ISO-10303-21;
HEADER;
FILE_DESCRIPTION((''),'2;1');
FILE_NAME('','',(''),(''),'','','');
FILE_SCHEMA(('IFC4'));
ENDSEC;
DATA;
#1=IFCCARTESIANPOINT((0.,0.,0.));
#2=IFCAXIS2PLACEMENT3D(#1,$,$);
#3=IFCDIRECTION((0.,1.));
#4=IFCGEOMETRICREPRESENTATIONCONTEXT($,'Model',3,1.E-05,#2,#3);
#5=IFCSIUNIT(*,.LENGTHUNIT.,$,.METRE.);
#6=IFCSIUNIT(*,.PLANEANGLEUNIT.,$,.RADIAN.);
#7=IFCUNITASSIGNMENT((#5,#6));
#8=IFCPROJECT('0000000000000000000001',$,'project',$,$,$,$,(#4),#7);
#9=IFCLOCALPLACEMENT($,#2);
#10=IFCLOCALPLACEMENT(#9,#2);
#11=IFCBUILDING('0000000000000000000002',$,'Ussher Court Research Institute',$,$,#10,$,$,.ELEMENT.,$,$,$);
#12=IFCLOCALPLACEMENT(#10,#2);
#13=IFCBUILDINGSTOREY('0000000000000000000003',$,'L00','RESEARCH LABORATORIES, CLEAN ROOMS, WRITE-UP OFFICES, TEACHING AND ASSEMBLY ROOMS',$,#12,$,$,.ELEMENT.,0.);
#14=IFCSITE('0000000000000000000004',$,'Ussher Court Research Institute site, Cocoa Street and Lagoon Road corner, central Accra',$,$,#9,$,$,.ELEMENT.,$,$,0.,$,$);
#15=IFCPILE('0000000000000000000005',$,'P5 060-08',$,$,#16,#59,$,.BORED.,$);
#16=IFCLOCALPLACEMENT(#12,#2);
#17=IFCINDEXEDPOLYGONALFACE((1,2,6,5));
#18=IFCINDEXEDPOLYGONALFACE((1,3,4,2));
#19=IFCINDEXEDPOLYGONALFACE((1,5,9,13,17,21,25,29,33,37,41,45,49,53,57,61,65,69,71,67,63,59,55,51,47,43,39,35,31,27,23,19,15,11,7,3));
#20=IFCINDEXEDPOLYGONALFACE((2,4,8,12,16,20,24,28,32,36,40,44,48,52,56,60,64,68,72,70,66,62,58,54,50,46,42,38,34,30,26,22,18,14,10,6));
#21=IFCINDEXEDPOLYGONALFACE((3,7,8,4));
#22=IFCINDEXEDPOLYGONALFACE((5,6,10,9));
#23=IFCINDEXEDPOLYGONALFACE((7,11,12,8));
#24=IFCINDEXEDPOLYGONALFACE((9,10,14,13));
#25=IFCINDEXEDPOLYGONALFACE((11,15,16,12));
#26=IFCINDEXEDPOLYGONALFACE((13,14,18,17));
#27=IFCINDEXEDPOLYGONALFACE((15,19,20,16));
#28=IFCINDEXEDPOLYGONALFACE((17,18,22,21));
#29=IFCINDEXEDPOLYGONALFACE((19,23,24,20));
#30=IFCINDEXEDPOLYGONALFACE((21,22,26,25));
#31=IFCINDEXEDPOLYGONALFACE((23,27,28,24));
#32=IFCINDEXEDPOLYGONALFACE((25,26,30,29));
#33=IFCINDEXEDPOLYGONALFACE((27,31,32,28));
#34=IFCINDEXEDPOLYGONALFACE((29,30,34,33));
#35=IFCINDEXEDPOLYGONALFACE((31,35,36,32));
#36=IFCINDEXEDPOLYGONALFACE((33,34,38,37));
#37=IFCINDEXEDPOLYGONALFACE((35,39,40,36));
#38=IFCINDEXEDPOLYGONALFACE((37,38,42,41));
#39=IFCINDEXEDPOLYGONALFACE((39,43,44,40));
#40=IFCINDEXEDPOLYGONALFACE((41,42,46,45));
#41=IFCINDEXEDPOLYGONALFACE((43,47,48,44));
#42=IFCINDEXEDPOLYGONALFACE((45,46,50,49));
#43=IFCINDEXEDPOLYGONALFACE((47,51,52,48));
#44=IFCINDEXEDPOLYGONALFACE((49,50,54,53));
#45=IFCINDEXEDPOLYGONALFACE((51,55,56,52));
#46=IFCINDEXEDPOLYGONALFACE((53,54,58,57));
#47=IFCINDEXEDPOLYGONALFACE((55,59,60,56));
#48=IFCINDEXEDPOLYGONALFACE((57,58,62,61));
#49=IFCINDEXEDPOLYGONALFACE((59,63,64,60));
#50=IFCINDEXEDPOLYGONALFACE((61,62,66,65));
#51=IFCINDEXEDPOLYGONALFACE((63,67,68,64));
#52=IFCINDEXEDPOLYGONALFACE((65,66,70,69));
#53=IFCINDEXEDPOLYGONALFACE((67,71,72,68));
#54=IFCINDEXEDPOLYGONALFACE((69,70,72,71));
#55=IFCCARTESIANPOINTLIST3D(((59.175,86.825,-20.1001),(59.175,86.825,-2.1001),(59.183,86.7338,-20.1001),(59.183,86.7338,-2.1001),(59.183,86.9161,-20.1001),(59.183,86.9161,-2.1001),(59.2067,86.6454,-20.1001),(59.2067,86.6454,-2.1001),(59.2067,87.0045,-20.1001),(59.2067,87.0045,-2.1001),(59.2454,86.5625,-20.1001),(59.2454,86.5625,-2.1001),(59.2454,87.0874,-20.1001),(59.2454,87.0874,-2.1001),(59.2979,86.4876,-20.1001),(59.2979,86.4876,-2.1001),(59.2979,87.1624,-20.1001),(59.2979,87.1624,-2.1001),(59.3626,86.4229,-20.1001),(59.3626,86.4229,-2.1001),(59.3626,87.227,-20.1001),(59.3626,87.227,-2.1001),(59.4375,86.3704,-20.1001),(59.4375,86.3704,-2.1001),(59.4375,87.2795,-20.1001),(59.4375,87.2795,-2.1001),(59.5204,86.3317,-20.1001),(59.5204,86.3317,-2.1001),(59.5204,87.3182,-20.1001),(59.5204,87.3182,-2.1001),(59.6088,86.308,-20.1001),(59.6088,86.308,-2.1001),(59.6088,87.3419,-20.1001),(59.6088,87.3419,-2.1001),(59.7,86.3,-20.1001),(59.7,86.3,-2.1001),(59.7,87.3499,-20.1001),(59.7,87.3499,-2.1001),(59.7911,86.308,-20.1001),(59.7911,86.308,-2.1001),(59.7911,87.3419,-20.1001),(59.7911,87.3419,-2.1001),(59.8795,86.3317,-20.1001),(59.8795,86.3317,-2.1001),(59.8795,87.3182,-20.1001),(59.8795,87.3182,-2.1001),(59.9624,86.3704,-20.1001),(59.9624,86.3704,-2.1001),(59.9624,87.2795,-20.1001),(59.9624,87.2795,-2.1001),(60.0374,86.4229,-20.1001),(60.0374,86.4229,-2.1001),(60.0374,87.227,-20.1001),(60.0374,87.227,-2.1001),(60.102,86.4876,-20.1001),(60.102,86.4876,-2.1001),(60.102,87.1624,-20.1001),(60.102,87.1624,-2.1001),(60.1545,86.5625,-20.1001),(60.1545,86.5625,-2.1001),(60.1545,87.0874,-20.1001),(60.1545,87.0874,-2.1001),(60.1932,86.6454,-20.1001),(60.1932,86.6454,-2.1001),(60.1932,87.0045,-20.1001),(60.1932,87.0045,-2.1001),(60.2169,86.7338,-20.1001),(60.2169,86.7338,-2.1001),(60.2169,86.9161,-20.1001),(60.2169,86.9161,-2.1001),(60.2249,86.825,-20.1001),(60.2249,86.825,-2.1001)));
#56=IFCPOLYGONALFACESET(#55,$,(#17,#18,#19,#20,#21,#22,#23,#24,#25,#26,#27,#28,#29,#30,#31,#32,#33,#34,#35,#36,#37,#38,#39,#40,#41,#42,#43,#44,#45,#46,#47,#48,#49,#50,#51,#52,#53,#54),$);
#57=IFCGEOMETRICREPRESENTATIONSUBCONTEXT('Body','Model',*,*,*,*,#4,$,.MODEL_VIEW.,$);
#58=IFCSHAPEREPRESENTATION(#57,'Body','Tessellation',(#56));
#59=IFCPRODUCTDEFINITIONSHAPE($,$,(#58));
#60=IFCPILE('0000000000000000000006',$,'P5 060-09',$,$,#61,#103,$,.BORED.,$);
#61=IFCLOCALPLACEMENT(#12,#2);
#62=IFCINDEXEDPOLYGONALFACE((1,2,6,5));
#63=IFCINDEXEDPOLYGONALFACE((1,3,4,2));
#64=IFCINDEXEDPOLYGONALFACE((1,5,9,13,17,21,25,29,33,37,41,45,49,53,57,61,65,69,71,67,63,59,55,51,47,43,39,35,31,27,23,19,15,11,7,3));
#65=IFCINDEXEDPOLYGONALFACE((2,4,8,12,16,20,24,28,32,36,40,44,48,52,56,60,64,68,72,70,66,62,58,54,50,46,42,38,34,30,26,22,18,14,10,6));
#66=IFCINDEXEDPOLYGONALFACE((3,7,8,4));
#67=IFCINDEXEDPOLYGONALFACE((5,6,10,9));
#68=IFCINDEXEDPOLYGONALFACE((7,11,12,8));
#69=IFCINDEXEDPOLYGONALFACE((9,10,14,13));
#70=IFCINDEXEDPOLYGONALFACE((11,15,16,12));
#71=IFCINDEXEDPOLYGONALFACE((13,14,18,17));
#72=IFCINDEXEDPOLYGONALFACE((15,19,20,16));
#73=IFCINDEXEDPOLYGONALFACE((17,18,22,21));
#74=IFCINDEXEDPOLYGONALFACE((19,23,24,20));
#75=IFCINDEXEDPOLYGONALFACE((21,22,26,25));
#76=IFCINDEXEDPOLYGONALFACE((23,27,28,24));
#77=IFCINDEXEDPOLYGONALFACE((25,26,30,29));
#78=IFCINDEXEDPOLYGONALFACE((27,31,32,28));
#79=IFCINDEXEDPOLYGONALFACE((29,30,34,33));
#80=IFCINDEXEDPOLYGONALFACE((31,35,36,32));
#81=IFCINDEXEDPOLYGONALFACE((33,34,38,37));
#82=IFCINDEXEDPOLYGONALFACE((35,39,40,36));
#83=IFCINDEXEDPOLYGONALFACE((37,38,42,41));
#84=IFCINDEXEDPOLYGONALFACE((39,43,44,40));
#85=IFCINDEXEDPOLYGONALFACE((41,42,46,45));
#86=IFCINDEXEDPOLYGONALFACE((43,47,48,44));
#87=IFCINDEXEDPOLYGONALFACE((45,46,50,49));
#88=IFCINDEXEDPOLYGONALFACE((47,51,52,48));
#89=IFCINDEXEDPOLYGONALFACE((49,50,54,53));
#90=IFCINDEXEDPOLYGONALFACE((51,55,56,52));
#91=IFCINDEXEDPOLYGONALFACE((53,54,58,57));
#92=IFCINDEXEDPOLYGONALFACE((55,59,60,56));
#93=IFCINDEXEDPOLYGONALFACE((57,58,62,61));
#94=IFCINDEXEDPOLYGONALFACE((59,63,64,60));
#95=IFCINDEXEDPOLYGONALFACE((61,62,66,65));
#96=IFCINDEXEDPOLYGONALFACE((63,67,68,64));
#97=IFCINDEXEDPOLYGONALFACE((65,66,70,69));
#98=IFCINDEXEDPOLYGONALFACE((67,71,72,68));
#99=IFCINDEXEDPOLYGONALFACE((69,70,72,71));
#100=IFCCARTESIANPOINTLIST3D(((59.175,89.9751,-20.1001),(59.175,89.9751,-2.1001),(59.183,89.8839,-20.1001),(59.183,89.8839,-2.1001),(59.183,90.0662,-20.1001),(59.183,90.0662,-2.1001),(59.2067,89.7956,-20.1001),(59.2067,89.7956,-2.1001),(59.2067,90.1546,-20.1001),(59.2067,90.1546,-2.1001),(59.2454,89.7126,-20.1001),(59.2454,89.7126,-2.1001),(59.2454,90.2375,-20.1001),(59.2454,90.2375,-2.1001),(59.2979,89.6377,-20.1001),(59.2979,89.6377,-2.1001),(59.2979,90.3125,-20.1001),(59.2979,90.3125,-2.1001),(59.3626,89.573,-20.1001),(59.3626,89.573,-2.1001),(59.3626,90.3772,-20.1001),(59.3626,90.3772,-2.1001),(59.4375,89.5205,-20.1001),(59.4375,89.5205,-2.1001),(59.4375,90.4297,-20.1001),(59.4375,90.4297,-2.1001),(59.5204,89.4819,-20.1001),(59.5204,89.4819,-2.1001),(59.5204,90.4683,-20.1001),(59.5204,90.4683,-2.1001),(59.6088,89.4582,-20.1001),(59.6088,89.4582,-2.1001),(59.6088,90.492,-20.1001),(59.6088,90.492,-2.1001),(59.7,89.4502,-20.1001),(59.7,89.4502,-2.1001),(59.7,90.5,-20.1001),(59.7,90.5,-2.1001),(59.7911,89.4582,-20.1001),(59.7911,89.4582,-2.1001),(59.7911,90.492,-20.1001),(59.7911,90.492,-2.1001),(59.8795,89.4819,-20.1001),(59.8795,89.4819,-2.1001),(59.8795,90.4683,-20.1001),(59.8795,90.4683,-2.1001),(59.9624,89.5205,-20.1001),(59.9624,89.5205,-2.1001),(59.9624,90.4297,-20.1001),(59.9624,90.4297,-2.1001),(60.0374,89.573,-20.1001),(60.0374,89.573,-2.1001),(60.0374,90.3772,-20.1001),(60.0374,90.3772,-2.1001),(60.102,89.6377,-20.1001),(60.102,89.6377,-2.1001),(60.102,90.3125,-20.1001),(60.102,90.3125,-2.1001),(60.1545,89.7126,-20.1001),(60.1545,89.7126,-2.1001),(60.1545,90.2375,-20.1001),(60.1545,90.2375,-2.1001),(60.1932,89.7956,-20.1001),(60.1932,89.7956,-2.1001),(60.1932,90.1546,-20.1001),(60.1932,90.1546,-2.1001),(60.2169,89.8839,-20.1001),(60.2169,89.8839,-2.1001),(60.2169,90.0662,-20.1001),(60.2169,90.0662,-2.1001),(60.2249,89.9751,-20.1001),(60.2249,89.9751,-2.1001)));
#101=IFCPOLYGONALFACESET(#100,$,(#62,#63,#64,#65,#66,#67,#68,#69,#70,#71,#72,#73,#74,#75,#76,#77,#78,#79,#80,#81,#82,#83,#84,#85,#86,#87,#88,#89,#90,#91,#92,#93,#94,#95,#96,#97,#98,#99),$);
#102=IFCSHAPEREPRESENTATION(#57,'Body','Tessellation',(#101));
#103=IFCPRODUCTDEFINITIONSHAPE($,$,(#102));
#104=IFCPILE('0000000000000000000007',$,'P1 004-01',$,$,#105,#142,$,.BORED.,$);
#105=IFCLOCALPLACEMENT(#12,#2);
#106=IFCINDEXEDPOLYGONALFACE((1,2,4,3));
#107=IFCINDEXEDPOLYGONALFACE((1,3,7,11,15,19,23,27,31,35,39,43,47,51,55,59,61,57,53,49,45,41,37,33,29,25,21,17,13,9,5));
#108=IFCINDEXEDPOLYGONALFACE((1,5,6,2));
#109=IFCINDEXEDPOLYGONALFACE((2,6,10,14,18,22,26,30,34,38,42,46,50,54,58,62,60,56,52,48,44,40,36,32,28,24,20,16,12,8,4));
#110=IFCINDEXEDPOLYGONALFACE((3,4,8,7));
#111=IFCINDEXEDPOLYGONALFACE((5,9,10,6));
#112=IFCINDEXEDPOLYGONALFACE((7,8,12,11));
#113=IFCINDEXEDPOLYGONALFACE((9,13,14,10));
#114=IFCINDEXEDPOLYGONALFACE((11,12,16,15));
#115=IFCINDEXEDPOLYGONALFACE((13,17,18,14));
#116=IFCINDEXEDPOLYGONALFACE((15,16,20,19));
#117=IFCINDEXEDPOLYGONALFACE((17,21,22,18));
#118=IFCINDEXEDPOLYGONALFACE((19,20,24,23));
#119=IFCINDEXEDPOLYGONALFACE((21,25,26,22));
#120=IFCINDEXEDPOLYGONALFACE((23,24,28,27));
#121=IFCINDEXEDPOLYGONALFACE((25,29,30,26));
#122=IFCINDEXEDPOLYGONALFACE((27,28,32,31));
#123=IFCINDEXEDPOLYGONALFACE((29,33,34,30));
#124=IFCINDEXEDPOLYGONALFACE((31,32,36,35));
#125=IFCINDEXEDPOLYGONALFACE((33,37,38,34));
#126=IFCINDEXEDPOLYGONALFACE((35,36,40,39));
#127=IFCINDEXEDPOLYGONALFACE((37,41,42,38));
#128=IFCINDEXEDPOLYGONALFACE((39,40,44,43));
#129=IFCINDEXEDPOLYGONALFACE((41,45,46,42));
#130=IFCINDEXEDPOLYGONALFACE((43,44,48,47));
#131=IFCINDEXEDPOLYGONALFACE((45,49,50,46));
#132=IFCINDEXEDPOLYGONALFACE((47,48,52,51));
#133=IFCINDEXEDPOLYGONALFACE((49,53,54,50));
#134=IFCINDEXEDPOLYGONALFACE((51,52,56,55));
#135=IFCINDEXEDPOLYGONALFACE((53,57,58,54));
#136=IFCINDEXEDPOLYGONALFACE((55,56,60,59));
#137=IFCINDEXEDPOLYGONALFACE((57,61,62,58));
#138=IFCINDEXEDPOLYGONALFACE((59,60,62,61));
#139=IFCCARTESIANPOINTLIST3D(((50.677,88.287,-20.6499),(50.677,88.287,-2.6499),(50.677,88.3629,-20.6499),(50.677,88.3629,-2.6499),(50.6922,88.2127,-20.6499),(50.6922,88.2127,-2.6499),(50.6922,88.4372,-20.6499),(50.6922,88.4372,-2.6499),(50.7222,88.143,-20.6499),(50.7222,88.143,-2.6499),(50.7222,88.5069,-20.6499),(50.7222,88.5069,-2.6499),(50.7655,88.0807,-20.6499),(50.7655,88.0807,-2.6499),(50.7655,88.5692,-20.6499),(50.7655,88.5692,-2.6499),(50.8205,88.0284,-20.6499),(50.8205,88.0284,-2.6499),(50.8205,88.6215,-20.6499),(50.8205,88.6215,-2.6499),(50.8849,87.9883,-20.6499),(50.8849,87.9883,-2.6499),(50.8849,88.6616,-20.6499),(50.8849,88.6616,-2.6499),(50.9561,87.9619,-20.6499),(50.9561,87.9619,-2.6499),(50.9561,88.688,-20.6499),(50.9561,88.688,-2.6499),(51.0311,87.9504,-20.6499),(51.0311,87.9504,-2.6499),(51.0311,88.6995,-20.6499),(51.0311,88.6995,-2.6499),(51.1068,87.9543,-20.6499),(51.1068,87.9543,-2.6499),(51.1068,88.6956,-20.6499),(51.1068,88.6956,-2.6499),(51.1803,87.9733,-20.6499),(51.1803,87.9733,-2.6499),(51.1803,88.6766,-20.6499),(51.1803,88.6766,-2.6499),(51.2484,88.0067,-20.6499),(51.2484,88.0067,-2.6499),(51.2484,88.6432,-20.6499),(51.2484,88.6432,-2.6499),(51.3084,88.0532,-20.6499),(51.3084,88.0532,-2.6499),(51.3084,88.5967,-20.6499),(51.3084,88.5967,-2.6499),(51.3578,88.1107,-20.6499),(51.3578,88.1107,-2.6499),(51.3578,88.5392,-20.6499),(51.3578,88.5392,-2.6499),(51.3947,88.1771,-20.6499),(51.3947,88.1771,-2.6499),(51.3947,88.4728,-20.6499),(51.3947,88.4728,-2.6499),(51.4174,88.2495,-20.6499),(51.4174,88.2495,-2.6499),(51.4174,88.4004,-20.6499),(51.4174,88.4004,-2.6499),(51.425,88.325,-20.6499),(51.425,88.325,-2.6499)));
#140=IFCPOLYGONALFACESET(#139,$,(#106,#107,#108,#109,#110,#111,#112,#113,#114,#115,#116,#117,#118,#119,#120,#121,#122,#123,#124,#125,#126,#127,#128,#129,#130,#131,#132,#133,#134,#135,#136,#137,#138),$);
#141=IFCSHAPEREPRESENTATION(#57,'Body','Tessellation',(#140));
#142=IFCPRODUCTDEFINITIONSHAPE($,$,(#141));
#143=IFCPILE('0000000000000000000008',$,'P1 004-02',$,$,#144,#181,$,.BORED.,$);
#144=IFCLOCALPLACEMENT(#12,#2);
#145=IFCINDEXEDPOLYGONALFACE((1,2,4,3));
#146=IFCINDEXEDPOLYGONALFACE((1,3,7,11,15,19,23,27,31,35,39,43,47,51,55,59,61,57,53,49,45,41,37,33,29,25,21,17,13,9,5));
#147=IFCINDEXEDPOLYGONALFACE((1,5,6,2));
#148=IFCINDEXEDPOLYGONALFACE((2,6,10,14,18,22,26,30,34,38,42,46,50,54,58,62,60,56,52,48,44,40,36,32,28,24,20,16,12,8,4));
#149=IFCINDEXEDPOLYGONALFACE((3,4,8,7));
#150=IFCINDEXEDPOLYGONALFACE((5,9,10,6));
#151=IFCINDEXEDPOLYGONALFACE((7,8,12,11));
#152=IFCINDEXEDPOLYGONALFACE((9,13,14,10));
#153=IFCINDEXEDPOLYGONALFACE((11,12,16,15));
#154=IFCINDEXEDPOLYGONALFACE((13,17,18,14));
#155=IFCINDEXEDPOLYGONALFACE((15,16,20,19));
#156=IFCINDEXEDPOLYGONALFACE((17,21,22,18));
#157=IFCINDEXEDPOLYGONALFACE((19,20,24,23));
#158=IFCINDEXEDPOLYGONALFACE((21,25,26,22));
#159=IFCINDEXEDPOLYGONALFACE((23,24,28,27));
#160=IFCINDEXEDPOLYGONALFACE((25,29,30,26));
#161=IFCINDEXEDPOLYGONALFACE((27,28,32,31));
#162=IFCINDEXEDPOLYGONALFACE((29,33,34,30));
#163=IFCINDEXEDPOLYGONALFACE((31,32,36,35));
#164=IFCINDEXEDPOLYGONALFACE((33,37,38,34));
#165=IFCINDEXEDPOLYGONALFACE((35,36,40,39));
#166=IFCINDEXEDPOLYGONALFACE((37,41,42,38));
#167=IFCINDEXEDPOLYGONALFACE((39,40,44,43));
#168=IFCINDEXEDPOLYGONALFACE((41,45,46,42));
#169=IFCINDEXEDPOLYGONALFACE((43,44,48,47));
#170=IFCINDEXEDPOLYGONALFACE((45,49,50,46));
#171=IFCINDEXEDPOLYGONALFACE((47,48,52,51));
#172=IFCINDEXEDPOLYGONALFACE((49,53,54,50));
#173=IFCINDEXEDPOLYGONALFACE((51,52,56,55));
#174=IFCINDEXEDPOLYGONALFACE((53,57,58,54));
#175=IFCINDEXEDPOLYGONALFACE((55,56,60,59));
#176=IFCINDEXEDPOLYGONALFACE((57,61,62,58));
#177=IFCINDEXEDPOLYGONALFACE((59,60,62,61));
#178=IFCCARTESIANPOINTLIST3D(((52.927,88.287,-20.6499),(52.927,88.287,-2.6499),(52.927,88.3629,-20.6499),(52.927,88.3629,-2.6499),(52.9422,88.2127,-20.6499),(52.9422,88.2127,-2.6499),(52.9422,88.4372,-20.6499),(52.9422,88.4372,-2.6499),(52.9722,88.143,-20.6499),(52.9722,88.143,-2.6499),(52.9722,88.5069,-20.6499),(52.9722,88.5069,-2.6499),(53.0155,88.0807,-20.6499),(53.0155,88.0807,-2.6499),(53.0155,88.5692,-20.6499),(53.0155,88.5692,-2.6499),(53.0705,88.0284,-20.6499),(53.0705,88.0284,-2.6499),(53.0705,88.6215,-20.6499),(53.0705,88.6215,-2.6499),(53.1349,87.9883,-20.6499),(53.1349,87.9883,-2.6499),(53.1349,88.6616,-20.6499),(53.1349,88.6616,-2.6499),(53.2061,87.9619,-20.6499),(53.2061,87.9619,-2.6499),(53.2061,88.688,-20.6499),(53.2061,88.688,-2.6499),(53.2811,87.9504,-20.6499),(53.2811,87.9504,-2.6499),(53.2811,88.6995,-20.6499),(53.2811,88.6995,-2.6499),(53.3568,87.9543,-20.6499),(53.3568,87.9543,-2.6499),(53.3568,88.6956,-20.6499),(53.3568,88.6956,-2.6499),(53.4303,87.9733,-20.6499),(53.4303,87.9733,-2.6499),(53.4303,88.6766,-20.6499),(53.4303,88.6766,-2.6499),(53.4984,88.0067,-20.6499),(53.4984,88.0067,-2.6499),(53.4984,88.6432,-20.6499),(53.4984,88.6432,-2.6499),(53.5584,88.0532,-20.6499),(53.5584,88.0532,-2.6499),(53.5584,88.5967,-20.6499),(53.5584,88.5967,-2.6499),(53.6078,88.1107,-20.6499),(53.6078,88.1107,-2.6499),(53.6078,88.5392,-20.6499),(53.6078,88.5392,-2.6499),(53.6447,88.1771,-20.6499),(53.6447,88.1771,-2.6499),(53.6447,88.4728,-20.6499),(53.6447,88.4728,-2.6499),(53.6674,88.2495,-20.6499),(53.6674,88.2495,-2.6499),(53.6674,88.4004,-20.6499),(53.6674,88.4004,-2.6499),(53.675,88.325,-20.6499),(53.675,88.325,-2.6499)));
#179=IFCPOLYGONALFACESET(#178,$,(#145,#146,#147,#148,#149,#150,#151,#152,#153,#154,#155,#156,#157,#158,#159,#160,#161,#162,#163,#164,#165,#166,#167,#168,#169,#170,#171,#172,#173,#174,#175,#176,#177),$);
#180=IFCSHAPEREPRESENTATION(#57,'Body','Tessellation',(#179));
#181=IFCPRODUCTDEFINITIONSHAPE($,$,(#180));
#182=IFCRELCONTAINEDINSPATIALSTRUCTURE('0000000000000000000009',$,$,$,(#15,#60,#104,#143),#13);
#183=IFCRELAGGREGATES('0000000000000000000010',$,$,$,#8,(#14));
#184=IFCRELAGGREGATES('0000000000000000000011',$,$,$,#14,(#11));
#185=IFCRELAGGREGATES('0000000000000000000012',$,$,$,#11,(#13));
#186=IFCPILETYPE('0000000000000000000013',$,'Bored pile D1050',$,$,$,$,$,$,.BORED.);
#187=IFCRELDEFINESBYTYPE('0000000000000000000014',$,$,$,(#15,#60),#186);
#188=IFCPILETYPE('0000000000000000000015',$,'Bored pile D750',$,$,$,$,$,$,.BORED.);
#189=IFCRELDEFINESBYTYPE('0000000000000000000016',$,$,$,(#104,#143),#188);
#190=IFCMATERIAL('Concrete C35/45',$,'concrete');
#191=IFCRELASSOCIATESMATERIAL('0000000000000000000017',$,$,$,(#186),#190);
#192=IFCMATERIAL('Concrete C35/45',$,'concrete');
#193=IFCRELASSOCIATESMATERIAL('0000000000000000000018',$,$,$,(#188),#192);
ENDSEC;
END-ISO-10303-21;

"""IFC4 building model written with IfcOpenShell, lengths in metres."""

from ifc_helpers import new_model, si_unit, direction, frame, origin, origin_2d, place, context, subcontext, project, spatial, circle, extrude, material, material_profile, profile_set, type_object, element, save


model = new_model("IFC4")

# Units and contexts
model_context = context("Model", 3, precision=1e-05, world=origin(), true_north=direction((0.0, 1.0)))
body_context = subcontext(model_context, "Body", "Model", "MODEL_VIEW")
ifc_project = project(units=[si_unit("LENGTHUNIT", "METRE"), si_unit("PLANEANGLEUNIT", "RADIAN")], contexts=[model_context])

# Site, building, storey
site_placement = place(None, origin())
site = spatial("IfcSite", under=ifc_project, at=site_placement, Name="Ussher Court Research Institute site, Cocoa Street and Lagoon Road corner, central Accra", CompositionType="ELEMENT", RefElevation=0.0)
building_placement = place(site_placement, origin())
building = spatial("IfcBuilding", under=site, at=building_placement, Name="Ussher Court Research Institute", CompositionType="ELEMENT")
storey_placement = place(building_placement, origin())
storey = spatial("IfcBuildingStorey", under=building, at=storey_placement, Name="L00", Description="RESEARCH LABORATORIES, CLEAN ROOMS, WRITE-UP OFFICES, TEACHING AND ASSEMBLY ROOMS", CompositionType="ELEMENT", Elevation=0.0)

# Piles
ifc_material_1 = material(Name="Concrete C35/45", Category="concrete")
ifc_material_profile_1 = material_profile(ifc_material_1, circle(Radius=0.5249, at=origin_2d()), Name="RC D1050")
ifc_profile_set_1 = profile_set([ifc_material_profile_1], Name="Concrete C35/45")
pile_type_1 = type_object("IfcPileType", Name="Bored pile D1050", PredefinedType="BORED", material=ifc_profile_set_1)
for number, where, z_axis, x_axis, name in (
    (1, (59.7, 86.825, -2.1001), (0.0, 0.0, -1.0), (1.0, 0.0, 0.0), "P5 060-08"),
    (2, (59.7, 89.9751, -2.1001), (0.0, 0.0, -1.0), (1.0, 0.0, 0.0), "P5 060-09"),
):
    element("IfcPile", number, at=place(storey_placement, frame(where, z_axis=z_axis, x_axis=x_axis)), inside=storey, type_object=pile_type_1, Name=name, PredefinedType="BORED", context=body_context, shape_type="SweptSolid", body=[
        extrude(circle(Radius=0.5249, at=origin_2d()), origin(), (0.0, 0.0, 1.0), 18.0),
    ])
ifc_material_2 = material(Name="Concrete C35/45", Category="concrete")
ifc_material_profile_2 = material_profile(ifc_material_2, circle(Radius=0.375, at=origin_2d()), Name="RC D750")
ifc_profile_set_2 = profile_set([ifc_material_profile_2], Name="Concrete C35/45")
pile_type_2 = type_object("IfcPileType", Name="Bored pile D750", PredefinedType="BORED", material=ifc_profile_set_2)
for number, where, z_axis, x_axis, name in (
    (3, (51.05, 88.325, -2.6499), (0.0, 0.0, -1.0), (1.0, 0.0, 0.0), "P1 004-01"),
    (4, (53.3, 88.325, -2.6499), (0.0, 0.0, -1.0), (1.0, 0.0, 0.0), "P1 004-02"),
):
    element("IfcPile", number, at=place(storey_placement, frame(where, z_axis=z_axis, x_axis=x_axis)), inside=storey, type_object=pile_type_2, Name=name, PredefinedType="BORED", context=body_context, shape_type="SweptSolid", body=[
        extrude(circle(Radius=0.375, at=origin_2d()), origin(), (0.0, 0.0, 1.0), 18.0),
    ])

save(model, "model.ifc")
